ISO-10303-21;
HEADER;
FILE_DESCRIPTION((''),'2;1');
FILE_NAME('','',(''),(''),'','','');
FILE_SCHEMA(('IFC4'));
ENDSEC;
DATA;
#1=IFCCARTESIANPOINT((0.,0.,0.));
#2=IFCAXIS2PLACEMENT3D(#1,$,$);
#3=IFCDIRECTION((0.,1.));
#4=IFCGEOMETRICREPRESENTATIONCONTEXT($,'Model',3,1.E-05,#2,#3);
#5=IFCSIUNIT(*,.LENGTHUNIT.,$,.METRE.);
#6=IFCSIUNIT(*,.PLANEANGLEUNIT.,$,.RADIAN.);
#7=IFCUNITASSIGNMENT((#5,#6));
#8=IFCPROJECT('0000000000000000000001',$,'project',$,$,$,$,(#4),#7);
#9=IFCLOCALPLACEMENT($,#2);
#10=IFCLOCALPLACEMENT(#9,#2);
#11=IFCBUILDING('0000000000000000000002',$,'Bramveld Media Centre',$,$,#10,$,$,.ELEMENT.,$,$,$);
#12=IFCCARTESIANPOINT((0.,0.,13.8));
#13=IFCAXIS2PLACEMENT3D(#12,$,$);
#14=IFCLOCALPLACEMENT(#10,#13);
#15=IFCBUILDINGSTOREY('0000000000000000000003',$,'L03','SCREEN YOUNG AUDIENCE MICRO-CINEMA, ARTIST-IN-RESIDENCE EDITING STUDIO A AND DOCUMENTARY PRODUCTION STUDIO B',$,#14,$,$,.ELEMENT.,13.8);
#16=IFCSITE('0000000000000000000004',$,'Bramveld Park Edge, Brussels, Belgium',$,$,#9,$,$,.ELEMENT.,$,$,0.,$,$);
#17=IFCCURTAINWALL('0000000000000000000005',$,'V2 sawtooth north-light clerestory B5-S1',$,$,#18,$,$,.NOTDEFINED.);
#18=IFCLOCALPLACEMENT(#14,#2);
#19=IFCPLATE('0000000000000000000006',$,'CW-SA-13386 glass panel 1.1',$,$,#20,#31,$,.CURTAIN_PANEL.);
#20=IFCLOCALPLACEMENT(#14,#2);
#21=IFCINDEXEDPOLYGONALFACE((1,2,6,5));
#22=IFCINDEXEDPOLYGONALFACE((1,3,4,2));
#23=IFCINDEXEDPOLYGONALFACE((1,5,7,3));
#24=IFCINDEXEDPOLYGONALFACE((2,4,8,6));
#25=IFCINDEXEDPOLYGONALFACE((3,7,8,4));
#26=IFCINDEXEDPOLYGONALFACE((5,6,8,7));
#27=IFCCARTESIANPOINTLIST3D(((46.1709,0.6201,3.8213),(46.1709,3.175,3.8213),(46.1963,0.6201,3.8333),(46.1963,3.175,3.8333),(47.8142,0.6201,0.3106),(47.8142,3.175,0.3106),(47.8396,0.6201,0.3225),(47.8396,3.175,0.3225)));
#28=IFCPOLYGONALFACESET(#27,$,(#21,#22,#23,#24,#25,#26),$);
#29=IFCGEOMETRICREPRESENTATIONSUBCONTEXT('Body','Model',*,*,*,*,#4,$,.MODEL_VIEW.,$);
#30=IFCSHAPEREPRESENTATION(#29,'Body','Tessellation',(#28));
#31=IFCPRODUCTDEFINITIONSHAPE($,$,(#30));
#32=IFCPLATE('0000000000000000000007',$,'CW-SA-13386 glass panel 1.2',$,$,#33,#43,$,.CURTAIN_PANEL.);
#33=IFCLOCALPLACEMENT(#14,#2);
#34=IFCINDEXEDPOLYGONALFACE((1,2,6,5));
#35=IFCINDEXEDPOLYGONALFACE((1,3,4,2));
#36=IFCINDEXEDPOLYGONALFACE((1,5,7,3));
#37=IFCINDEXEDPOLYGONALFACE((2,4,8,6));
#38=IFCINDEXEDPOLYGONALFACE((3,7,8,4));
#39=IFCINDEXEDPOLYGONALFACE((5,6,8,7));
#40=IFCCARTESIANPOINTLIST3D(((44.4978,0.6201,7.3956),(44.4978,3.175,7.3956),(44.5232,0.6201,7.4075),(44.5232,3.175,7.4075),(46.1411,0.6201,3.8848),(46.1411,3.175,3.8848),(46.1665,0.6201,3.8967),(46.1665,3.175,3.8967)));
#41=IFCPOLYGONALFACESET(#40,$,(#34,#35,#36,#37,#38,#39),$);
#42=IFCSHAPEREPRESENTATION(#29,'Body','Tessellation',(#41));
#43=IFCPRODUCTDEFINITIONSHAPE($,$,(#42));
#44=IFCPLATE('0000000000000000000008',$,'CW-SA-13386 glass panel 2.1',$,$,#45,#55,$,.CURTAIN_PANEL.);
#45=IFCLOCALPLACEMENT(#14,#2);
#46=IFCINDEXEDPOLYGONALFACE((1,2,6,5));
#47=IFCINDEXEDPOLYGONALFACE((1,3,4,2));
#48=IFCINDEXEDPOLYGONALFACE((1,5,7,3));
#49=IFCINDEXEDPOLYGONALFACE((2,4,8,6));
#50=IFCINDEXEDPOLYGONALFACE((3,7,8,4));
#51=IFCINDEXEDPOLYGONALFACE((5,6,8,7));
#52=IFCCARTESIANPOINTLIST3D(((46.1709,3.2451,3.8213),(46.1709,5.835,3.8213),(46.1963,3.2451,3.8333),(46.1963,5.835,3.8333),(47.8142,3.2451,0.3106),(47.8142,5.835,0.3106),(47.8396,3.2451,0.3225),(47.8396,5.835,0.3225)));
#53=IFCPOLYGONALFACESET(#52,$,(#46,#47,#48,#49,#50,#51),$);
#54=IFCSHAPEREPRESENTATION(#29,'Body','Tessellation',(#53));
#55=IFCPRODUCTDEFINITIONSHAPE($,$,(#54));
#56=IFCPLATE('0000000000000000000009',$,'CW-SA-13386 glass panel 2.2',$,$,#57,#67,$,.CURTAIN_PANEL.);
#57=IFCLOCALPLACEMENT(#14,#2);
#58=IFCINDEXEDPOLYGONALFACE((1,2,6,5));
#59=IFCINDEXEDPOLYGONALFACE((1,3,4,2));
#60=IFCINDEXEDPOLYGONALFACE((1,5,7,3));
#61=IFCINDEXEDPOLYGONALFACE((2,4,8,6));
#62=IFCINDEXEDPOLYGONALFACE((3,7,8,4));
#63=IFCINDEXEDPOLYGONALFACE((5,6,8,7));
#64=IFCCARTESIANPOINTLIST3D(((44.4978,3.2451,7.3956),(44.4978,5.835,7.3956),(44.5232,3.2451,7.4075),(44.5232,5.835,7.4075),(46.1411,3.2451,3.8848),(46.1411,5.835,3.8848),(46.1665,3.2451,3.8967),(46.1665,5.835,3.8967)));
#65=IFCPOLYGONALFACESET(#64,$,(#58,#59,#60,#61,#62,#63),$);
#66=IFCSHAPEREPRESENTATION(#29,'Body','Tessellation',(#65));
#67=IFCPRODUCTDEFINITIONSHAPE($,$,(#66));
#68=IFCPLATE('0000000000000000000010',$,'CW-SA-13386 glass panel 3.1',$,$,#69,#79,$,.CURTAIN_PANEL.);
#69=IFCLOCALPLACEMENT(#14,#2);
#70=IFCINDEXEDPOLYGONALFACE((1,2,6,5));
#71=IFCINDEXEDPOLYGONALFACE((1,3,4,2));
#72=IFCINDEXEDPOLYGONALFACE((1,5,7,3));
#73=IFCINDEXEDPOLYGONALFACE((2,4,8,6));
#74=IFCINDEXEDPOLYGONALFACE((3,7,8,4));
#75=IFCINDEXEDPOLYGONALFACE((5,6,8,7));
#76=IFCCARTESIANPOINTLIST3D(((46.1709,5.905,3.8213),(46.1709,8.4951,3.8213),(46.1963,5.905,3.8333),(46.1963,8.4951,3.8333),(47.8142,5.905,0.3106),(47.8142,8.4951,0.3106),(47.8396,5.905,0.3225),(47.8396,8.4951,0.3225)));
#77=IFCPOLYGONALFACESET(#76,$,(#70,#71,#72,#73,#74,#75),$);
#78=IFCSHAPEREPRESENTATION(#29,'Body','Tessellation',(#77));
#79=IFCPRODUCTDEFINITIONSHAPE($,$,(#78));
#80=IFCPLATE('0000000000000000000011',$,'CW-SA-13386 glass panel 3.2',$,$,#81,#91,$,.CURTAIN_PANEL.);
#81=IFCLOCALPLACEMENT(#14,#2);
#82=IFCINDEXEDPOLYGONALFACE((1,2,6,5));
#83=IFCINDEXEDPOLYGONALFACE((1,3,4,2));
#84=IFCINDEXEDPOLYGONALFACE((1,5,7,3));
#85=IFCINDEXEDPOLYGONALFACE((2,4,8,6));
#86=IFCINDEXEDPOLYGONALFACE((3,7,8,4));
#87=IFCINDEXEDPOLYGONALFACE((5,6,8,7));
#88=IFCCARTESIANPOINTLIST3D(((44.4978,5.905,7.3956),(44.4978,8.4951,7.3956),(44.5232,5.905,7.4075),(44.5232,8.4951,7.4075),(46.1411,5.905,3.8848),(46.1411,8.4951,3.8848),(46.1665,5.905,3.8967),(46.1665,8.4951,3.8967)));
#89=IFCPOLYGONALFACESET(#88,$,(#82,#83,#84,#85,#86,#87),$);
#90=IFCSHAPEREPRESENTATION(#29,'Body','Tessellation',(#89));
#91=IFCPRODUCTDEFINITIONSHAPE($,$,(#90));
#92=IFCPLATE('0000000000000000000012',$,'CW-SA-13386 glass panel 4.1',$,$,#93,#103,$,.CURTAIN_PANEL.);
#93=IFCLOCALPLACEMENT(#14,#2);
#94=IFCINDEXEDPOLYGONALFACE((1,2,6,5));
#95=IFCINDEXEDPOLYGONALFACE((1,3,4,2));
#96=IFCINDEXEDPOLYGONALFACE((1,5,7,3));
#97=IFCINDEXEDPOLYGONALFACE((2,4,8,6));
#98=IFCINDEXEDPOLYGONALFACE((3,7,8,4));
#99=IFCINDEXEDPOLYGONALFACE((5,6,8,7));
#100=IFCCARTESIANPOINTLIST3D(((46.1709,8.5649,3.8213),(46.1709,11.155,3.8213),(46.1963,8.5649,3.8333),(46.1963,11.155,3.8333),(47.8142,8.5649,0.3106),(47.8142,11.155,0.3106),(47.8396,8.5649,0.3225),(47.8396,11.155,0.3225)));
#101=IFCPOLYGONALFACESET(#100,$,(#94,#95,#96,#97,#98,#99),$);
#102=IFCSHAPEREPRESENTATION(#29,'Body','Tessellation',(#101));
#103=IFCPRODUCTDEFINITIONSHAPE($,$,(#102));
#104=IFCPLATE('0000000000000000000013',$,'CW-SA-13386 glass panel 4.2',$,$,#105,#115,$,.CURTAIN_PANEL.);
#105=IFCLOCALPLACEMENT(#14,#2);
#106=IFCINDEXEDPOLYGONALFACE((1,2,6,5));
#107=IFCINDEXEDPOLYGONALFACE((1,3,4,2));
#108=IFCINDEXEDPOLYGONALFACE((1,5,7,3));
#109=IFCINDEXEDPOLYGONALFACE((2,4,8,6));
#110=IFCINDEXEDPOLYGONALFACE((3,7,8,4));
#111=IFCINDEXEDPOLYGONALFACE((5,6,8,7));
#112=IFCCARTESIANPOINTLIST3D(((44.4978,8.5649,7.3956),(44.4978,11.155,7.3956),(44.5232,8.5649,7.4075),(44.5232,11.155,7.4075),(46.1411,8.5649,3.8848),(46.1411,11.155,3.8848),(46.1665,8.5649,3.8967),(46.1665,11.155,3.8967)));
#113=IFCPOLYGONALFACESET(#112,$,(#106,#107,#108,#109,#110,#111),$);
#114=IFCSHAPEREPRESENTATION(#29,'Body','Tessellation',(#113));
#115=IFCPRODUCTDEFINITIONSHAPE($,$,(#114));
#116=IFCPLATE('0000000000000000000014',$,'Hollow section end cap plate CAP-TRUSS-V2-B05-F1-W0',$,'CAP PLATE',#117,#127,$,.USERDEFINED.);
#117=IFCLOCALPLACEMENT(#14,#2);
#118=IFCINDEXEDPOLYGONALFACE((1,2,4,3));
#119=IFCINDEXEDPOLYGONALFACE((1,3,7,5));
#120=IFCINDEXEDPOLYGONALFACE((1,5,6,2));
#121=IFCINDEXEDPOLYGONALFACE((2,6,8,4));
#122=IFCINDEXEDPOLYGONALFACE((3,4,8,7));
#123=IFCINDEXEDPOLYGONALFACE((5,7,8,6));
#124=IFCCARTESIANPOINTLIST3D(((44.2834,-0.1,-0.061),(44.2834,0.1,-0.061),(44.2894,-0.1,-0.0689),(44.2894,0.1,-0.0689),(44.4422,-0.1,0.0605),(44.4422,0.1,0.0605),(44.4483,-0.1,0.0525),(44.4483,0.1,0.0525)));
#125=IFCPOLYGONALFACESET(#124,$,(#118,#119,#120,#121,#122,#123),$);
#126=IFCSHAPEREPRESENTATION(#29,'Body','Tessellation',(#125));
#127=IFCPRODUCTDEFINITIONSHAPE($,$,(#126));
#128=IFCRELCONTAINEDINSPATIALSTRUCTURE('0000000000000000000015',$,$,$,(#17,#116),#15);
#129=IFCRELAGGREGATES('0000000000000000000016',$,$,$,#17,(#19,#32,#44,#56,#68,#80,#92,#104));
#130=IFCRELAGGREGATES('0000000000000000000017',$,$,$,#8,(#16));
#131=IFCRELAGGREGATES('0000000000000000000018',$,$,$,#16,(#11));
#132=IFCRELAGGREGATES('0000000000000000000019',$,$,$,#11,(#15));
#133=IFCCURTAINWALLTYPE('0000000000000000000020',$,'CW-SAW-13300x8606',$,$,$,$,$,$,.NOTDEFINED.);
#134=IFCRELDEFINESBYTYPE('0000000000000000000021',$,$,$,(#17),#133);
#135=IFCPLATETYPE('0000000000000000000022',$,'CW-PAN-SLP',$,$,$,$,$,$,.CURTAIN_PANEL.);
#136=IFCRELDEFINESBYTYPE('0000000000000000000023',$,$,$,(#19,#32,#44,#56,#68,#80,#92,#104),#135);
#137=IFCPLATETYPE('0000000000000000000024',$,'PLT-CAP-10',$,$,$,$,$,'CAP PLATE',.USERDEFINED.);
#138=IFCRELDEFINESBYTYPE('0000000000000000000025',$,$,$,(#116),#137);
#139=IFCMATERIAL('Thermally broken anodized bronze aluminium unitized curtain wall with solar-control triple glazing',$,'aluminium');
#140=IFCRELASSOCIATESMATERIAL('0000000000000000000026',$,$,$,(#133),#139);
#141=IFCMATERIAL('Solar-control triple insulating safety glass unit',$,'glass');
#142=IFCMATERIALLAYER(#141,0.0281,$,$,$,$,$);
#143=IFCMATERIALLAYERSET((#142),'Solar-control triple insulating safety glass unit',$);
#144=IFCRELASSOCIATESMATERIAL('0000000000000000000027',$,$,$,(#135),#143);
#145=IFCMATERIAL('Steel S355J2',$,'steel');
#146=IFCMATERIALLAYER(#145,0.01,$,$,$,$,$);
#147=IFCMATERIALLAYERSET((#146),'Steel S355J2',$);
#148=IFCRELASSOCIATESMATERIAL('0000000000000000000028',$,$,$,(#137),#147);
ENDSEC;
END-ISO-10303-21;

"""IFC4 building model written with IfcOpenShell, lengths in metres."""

from ifc_helpers import new_model, si_unit, direction, frame, origin, origin_2d, place, context, subcontext, project, spatial, polyline, rectangle, outline, extrude, material, layer, layer_set, type_object, element, aggregate, save


model = new_model("IFC4")

# Units and contexts
model_context = context("Model", 3, precision=1e-05, world=origin(), true_north=direction((0.0, 1.0)))
body_context = subcontext(model_context, "Body", "Model", "MODEL_VIEW")
ifc_project = project(units=[si_unit("LENGTHUNIT", "METRE"), si_unit("PLANEANGLEUNIT", "RADIAN")], contexts=[model_context])

# Site, building, storey
site_placement = place(None, origin())
site = spatial("IfcSite", under=ifc_project, at=site_placement, Name="Bramveld Park Edge, Brussels, Belgium", CompositionType="ELEMENT", RefElevation=0.0)
building_placement = place(site_placement, origin())
building = spatial("IfcBuilding", under=site, at=building_placement, Name="Bramveld Media Centre", CompositionType="ELEMENT")
storey_placement = place(building_placement, frame((0.0, 0.0, 13.8)))
storey = spatial("IfcBuildingStorey", under=building, at=storey_placement, Name="L03", Description="SCREEN YOUNG AUDIENCE MICRO-CINEMA, ARTIST-IN-RESIDENCE EDITING STUDIO A AND DOCUMENTARY PRODUCTION STUDIO B", CompositionType="ELEMENT", Elevation=13.8)

# Curtain wall
ifc_material_1 = material(Name="Thermally broken anodized bronze aluminium unitized curtain wall with solar-control triple glazing", Category="aluminium")
curtain_wall_type = type_object("IfcCurtainWallType", Name="CW-SAW-13300x8606", PredefinedType="NOTDEFINED", material=ifc_material_1)
curtain_wall_placement = place(storey_placement, origin())
curtain_wall = element("IfcCurtainWall", 1, at=curtain_wall_placement, inside=storey, type_object=curtain_wall_type, Name="V2 sawtooth north-light clerestory B5-S1", PredefinedType="NOTDEFINED")

# Plates
ifc_material_2 = material(Name="Solar-control triple insulating safety glass unit", Category="glass")
ifc_layer_1 = layer(ifc_material_2, 0.0281)
ifc_layer_set_1 = layer_set([ifc_layer_1], Name="Solar-control triple insulating safety glass unit")
plate_type_1 = type_object("IfcPlateType", Name="CW-PAN-SLP", PredefinedType="CURTAIN_PANEL", material=ifc_layer_set_1)
plate_1_placement = place(storey_placement, frame((47.8396, 0.6201, 0.3225), z_axis=(0.905692, 0.0, 0.423937), x_axis=(0.0, 1.0, 0.0)))
plate_1 = element("IfcPlate", 2, at=plate_1_placement, type_object=plate_type_1, Name="CW-SA-13386 glass panel 1.1", PredefinedType="CURTAIN_PANEL", context=body_context, shape_type="SweptSolid", body=[
    extrude(outline(polyline([(0.0, 0.0), (2.5549, 0.0), (2.5549, 3.8763), (0.0, 3.8763), (0.0, 0.0)])), origin(), (0.0, 0.0, -1.0), 0.0281),
])
plate_2_placement = place(storey_placement, frame((46.1665, 0.6201, 3.8967), z_axis=(0.905692, 0.0, 0.423937), x_axis=(0.0, 1.0, 0.0)))
plate_2 = element("IfcPlate", 3, at=plate_2_placement, type_object=plate_type_1, Name="CW-SA-13386 glass panel 1.2", PredefinedType="CURTAIN_PANEL", context=body_context, shape_type="SweptSolid", body=[
    extrude(outline(polyline([(0.0, 0.0), (2.5549, 0.0), (2.5549, 3.8763), (0.0, 3.8763), (0.0, 0.0)])), origin(), (0.0, 0.0, -1.0), 0.0281),
])
plate_3_placement = place(storey_placement, frame((47.8396, 3.2451, 0.3225), z_axis=(0.905692, 0.0, 0.423937), x_axis=(0.0, 1.0, 0.0)))
plate_3 = element("IfcPlate", 4, at=plate_3_placement, type_object=plate_type_1, Name="CW-SA-13386 glass panel 2.1", PredefinedType="CURTAIN_PANEL", context=body_context, shape_type="SweptSolid", body=[
    extrude(outline(polyline([(0.0, 0.0), (2.5898, 0.0), (2.5898, 3.8763), (0.0, 3.8763), (0.0, 0.0)])), origin(), (0.0, 0.0, -1.0), 0.0281),
])
plate_4_placement = place(storey_placement, frame((46.1665, 3.2451, 3.8967), z_axis=(0.905692, 0.0, 0.423937), x_axis=(0.0, 1.0, 0.0)))
plate_4 = element("IfcPlate", 5, at=plate_4_placement, type_object=plate_type_1, Name="CW-SA-13386 glass panel 2.2", PredefinedType="CURTAIN_PANEL", context=body_context, shape_type="SweptSolid", body=[
    extrude(outline(polyline([(0.0, 0.0), (2.5898, 0.0), (2.5898, 3.8763), (0.0, 3.8763), (0.0, 0.0)])), origin(), (0.0, 0.0, -1.0), 0.0281),
])
plate_5_placement = place(storey_placement, frame((47.8396, 5.905, 0.3225), z_axis=(0.905692, 0.0, 0.423937), x_axis=(0.0, 1.0, 0.0)))
plate_5 = element("IfcPlate", 6, at=plate_5_placement, type_object=plate_type_1, Name="CW-SA-13386 glass panel 3.1", PredefinedType="CURTAIN_PANEL", context=body_context, shape_type="SweptSolid", body=[
    extrude(outline(polyline([(0.0, 0.0), (2.5901, 0.0), (2.5901, 3.8763), (0.0, 3.8763), (0.0, 0.0)])), origin(), (0.0, 0.0, -1.0), 0.0281),
])
plate_6_placement = place(storey_placement, frame((46.1665, 5.905, 3.8967), z_axis=(0.905692, 0.0, 0.423937), x_axis=(0.0, 1.0, 0.0)))
plate_6 = element("IfcPlate", 7, at=plate_6_placement, type_object=plate_type_1, Name="CW-SA-13386 glass panel 3.2", PredefinedType="CURTAIN_PANEL", context=body_context, shape_type="SweptSolid", body=[
    extrude(outline(polyline([(0.0, 0.0), (2.5901, 0.0), (2.5901, 3.8763), (0.0, 3.8763), (0.0, 0.0)])), origin(), (0.0, 0.0, -1.0), 0.0281),
])
plate_7_placement = place(storey_placement, frame((47.8396, 8.5649, 0.3225), z_axis=(0.905692, 0.0, 0.423937), x_axis=(0.0, 1.0, 0.0)))
plate_7 = element("IfcPlate", 8, at=plate_7_placement, type_object=plate_type_1, Name="CW-SA-13386 glass panel 4.1", PredefinedType="CURTAIN_PANEL", context=body_context, shape_type="SweptSolid", body=[
    extrude(outline(polyline([(0.0, 0.0), (2.5901, 0.0), (2.5901, 3.8763), (0.0, 3.8763), (0.0, 0.0)])), origin(), (0.0, 0.0, -1.0), 0.0281),
])
plate_8_placement = place(storey_placement, frame((46.1665, 8.5649, 3.8967), z_axis=(0.905692, 0.0, 0.423937), x_axis=(0.0, 1.0, 0.0)))
plate_8 = element("IfcPlate", 9, at=plate_8_placement, type_object=plate_type_1, Name="CW-SA-13386 glass panel 4.2", PredefinedType="CURTAIN_PANEL", context=body_context, shape_type="SweptSolid", body=[
    extrude(outline(polyline([(0.0, 0.0), (2.5901, 0.0), (2.5901, 3.8763), (0.0, 3.8763), (0.0, 0.0)])), origin(), (0.0, 0.0, -1.0), 0.0281),
])
aggregate(curtain_wall, [plate_1, plate_2, plate_3, plate_4, plate_5, plate_6, plate_7, plate_8])
ifc_material_3 = material(Name="Steel S355J2", Category="steel")
ifc_layer_2 = layer(ifc_material_3, 0.01)
ifc_layer_set_2 = layer_set([ifc_layer_2], Name="Steel S355J2")
plate_type_2 = type_object("IfcPlateType", Name="PLT-CAP-10", ElementType="CAP PLATE", PredefinedType="USERDEFINED", material=ifc_layer_set_2)
plate_9_placement = place(storey_placement, frame((44.3628, 0.0, -0.0002), z_axis=(0.607328, 0.0, -0.794451), x_axis=(0.0, 1.0, 0.0)))
element("IfcPlate", 10, at=plate_9_placement, inside=storey, type_object=plate_type_2, Name="Hollow section end cap plate CAP-TRUSS-V2-B05-F1-W0", ObjectType="CAP PLATE", PredefinedType="USERDEFINED", context=body_context, shape_type="SweptSolid", body=[
    extrude(rectangle(XDim=0.2, YDim=0.2, at=origin_2d()), origin(), (0.0, 0.0, 1.0), 0.01),
])

save(model, "model.ifc")
